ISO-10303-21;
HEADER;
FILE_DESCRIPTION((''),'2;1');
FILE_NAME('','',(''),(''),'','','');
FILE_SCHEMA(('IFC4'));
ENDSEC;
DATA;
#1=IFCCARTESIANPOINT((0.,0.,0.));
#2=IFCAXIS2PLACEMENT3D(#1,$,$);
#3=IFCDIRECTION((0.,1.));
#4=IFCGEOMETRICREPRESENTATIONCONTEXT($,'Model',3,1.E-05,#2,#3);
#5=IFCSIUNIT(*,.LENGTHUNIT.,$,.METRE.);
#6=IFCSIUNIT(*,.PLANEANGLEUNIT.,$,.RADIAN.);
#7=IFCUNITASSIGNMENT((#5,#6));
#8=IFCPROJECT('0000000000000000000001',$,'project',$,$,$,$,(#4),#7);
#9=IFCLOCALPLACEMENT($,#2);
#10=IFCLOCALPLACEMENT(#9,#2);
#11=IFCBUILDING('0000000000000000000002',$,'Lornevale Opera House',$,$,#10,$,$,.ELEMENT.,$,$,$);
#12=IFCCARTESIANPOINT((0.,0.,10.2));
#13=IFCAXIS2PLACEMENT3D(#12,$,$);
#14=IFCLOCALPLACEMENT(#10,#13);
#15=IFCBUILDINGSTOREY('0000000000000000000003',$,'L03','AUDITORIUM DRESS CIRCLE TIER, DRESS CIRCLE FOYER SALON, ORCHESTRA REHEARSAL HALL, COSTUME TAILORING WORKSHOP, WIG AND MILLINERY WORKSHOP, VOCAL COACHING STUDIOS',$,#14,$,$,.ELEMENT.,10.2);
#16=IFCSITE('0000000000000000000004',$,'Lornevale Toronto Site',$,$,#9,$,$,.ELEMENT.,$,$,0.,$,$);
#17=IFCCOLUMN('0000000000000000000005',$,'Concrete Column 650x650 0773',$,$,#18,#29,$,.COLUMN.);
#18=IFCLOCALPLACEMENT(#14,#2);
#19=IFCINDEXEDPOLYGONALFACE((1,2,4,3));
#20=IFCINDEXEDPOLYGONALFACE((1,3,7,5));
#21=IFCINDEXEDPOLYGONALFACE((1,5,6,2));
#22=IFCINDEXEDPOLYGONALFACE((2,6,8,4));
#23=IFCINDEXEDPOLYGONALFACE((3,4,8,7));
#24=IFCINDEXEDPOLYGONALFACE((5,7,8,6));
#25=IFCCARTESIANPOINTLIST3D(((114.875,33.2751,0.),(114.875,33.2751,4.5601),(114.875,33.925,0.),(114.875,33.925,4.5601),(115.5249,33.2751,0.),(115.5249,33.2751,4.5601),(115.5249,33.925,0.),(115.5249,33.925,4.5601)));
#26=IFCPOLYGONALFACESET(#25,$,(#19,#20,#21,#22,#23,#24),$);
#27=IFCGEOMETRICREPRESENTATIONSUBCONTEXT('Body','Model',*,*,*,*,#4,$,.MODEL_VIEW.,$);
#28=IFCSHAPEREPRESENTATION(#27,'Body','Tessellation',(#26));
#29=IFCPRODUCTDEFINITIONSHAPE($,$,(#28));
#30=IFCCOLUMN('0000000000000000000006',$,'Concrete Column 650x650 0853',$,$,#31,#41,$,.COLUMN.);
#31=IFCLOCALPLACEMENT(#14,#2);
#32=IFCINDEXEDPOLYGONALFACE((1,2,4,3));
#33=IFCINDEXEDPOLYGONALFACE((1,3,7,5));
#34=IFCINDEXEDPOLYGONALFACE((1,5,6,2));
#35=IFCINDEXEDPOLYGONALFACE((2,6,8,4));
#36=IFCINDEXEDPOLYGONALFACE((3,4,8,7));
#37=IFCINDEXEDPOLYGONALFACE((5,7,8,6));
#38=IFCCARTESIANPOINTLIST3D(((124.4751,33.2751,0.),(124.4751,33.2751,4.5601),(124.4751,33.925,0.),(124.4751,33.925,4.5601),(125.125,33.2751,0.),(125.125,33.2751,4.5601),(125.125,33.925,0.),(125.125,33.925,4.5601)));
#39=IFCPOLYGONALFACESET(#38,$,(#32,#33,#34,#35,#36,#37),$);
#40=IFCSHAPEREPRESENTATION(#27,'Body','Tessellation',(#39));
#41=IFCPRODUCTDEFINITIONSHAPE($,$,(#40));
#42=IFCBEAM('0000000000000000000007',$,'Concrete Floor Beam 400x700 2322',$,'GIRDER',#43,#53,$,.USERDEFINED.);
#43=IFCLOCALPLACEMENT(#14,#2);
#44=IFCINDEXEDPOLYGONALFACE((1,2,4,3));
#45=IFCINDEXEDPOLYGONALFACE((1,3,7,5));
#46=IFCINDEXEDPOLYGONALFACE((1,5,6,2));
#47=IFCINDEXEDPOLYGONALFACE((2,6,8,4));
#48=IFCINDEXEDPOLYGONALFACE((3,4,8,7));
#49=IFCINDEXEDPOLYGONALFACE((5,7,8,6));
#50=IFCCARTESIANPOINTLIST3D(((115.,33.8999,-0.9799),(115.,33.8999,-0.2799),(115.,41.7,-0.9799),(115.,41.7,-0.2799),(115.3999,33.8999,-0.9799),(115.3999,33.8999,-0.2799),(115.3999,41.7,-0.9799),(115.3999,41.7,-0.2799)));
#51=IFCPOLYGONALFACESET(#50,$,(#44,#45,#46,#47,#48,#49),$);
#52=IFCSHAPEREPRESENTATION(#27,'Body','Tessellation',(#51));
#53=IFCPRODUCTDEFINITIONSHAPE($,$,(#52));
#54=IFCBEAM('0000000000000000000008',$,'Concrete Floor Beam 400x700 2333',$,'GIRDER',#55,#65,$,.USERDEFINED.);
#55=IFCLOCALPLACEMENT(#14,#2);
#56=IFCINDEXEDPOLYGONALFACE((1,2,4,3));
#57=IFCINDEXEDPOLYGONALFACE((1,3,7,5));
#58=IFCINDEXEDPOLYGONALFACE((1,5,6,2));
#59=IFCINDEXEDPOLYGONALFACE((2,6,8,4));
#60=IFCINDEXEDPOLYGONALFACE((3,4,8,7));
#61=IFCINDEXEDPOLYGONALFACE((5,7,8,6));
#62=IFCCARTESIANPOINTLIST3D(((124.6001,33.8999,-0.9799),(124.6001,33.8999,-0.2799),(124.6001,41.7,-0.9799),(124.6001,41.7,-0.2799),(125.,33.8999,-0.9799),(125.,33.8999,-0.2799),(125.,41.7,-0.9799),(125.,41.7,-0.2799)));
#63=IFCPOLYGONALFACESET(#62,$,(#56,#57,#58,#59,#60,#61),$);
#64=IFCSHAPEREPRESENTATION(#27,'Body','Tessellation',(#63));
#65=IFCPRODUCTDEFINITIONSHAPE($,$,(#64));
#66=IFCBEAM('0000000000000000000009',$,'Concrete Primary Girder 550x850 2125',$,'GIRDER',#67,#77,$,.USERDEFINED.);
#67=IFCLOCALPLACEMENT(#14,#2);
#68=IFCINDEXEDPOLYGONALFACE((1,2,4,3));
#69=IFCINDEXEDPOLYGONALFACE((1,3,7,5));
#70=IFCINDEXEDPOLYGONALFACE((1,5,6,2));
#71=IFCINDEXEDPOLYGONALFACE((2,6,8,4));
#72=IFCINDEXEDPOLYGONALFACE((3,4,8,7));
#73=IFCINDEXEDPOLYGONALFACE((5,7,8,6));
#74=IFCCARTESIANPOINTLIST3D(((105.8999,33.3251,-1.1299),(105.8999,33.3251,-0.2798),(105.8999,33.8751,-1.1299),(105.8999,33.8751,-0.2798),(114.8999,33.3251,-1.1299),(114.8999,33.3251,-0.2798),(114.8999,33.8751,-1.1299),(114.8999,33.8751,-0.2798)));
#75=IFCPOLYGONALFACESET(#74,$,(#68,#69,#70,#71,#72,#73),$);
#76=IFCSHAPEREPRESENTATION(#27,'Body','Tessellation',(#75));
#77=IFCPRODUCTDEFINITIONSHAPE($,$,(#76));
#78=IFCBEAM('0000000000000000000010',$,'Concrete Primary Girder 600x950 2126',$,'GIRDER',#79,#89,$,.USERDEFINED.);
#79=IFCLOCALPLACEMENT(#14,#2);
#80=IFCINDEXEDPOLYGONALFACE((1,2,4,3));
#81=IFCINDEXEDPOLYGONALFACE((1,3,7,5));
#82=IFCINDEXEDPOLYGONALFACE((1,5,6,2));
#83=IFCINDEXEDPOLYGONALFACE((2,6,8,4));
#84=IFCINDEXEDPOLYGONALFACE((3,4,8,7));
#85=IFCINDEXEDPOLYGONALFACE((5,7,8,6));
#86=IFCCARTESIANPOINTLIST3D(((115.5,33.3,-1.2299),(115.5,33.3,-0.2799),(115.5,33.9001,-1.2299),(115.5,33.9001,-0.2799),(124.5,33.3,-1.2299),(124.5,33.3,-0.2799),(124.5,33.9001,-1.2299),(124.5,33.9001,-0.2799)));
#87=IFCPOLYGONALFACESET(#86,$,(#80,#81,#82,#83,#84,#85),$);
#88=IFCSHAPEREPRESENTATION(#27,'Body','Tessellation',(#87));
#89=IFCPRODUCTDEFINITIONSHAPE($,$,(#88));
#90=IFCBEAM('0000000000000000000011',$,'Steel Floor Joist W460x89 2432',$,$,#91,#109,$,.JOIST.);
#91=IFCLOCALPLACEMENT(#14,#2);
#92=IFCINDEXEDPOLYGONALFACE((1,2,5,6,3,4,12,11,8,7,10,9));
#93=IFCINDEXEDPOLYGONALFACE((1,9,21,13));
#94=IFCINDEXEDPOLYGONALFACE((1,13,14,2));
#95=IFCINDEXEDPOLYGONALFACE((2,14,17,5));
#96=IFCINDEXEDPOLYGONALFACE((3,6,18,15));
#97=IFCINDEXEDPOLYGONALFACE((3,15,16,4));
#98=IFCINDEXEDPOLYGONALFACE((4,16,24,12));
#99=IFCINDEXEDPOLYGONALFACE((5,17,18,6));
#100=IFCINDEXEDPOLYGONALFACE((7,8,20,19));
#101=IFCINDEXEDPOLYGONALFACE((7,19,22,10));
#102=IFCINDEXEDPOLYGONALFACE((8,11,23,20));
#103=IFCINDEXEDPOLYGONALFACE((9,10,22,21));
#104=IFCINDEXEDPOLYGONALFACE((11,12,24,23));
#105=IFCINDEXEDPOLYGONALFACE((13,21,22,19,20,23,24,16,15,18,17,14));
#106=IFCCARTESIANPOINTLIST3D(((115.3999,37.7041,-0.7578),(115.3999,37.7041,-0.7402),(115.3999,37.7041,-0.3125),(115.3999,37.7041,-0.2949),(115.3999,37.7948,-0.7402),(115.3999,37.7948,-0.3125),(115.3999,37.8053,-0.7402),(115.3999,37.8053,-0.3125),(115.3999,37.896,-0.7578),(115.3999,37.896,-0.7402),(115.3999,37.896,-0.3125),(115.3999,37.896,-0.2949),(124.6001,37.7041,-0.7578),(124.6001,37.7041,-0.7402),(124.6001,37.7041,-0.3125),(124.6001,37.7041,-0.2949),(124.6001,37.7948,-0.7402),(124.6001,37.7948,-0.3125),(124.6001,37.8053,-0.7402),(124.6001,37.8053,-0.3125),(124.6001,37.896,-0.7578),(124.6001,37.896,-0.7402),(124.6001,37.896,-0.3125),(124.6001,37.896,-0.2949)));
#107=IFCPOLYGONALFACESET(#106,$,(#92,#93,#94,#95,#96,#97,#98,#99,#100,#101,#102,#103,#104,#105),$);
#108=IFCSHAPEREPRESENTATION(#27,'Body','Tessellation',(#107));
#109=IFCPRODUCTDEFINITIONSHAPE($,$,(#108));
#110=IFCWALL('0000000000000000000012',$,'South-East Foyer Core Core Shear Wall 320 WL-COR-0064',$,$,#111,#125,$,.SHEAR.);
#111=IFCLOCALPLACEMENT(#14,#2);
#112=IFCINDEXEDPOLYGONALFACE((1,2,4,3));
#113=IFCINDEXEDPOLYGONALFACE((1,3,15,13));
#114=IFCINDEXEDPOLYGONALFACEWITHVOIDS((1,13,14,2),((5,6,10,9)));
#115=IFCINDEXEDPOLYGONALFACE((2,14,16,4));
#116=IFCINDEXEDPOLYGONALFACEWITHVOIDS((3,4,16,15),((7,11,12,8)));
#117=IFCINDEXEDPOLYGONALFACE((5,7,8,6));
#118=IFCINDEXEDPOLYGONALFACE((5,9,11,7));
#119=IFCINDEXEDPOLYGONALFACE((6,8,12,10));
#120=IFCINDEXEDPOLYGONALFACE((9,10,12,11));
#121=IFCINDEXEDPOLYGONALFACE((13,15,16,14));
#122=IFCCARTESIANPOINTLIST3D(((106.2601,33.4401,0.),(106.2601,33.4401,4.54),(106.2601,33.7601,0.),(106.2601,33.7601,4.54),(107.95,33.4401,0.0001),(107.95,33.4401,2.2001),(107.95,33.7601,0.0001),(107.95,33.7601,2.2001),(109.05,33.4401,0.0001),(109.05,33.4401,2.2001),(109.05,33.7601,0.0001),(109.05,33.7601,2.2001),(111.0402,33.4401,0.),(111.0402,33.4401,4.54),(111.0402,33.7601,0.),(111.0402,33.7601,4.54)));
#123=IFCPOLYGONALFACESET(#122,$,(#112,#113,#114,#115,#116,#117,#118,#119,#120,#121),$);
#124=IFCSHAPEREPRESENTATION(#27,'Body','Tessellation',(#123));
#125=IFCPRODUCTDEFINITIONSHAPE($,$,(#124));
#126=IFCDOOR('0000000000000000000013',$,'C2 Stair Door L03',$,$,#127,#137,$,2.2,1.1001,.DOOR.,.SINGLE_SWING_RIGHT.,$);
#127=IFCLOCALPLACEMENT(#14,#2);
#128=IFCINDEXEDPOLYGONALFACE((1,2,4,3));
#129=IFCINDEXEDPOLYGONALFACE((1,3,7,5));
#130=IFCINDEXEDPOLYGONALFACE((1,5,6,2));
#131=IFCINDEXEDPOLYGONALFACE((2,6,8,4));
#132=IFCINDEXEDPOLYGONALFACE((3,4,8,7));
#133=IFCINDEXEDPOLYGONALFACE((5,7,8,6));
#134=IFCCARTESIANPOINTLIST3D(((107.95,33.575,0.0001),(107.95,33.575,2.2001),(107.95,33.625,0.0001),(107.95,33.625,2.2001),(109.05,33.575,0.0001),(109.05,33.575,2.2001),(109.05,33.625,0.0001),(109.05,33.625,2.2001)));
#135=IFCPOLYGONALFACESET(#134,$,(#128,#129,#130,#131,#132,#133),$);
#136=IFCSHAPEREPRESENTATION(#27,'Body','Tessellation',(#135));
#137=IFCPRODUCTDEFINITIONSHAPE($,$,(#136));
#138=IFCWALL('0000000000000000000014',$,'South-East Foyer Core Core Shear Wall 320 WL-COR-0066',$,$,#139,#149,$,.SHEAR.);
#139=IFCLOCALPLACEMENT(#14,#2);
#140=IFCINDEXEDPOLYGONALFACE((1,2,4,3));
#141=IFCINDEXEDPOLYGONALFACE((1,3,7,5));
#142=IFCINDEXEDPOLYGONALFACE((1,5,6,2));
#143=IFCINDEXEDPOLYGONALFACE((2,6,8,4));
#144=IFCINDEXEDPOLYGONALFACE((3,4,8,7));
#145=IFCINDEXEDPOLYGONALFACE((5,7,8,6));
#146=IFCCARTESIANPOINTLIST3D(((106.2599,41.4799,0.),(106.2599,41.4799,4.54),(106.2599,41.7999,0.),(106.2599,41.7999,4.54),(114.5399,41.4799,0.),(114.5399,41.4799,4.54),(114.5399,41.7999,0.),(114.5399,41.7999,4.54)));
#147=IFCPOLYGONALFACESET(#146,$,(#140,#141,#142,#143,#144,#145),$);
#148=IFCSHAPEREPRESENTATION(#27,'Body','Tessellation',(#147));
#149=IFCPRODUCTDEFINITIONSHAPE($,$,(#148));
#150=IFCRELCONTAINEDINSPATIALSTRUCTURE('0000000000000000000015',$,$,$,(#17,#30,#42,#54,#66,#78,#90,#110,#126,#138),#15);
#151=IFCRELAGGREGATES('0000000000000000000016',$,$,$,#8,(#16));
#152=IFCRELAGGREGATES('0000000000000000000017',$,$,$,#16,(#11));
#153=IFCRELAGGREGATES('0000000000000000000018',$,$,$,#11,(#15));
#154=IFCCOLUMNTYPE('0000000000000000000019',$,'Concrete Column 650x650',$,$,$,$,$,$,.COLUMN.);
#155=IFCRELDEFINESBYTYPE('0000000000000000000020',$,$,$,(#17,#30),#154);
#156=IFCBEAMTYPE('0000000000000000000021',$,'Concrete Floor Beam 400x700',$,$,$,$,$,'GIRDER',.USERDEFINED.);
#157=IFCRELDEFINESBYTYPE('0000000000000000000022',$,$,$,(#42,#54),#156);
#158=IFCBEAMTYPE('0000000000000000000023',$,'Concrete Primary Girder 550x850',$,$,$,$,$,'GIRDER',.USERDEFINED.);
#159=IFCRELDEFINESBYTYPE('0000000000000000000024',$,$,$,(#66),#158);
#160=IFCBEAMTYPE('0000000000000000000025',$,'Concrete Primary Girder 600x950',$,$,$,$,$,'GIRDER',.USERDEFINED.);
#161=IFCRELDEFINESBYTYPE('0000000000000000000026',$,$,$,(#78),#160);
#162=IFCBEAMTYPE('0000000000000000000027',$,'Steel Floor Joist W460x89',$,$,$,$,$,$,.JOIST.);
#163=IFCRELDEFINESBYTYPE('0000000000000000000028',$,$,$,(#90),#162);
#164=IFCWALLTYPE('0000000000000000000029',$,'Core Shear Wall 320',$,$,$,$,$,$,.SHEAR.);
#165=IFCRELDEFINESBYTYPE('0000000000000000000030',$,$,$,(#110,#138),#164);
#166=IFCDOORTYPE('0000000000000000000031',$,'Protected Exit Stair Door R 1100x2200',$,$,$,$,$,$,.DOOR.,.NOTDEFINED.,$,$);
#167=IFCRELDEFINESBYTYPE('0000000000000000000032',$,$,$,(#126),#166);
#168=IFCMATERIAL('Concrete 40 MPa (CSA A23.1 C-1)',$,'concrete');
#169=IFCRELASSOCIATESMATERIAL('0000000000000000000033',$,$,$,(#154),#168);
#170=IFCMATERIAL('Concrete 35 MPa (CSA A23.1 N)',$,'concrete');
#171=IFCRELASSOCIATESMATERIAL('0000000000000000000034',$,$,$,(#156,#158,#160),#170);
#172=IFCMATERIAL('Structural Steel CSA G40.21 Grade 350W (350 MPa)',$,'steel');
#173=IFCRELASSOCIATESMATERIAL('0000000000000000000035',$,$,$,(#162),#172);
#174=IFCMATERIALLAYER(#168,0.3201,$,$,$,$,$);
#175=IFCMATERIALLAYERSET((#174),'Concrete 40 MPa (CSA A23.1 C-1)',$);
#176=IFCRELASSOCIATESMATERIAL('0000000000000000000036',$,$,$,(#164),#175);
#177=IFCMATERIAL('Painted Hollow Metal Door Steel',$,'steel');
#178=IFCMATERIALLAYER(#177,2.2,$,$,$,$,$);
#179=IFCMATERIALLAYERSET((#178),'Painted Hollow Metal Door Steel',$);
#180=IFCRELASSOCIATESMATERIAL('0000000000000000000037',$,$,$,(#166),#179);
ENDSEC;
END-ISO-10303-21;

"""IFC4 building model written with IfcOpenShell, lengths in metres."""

from ifc_helpers import new_model, si_unit, direction, frame, frame_2d, origin, origin_2d, place, context, subcontext, project, spatial, rectangle, i_section, extrude, material, layer, layer_set, material_profile, profile_set, type_object, element, fill, save


model = new_model("IFC4")

# Units and contexts
model_context = context("Model", 3, precision=1e-05, world=origin(), true_north=direction((0.0, 1.0)))
body_context = subcontext(model_context, "Body", "Model", "MODEL_VIEW")
ifc_project = project(units=[si_unit("LENGTHUNIT", "METRE"), si_unit("PLANEANGLEUNIT", "RADIAN")], contexts=[model_context])

# Site, building, storey
site_placement = place(None, origin())
site = spatial("IfcSite", under=ifc_project, at=site_placement, Name="Lornevale Toronto Site", CompositionType="ELEMENT", RefElevation=0.0)
building_placement = place(site_placement, origin())
building = spatial("IfcBuilding", under=site, at=building_placement, Name="Lornevale Opera House", CompositionType="ELEMENT")
storey_placement = place(building_placement, frame((0.0, 0.0, 10.2)))
storey = spatial("IfcBuildingStorey", under=building, at=storey_placement, Name="L03", Description="AUDITORIUM DRESS CIRCLE TIER, DRESS CIRCLE FOYER SALON, ORCHESTRA REHEARSAL HALL, COSTUME TAILORING WORKSHOP, WIG AND MILLINERY WORKSHOP, VOCAL COACHING STUDIOS", CompositionType="ELEMENT", Elevation=10.2)

# Columns
ifc_material_1 = material(Name="Concrete 40 MPa (CSA A23.1 C-1)", Category="concrete")
ifc_material_profile_1 = material_profile(ifc_material_1, rectangle(XDim=0.6499, YDim=0.6499, at=origin_2d()), Name="RC650x650")
ifc_profile_set_1 = profile_set([ifc_material_profile_1], Name="Concrete 40 MPa (CSA A23.1 C-1)")
column_type = type_object("IfcColumnType", Name="Concrete Column 650x650", PredefinedType="COLUMN", material=ifc_profile_set_1)
for number, where, z_axis, x_axis, name in (
    (1, (115.2, 33.6001, 0.0), (0.0, 0.0, 1.0), (1.0, 0.0, 0.0), "Concrete Column 650x650 0773"),
    (2, (124.8, 33.6001, 0.0), (0.0, 0.0, 1.0), (1.0, 0.0, 0.0), "Concrete Column 650x650 0853"),
):
    element("IfcColumn", number, at=place(storey_placement, frame(where, z_axis=z_axis, x_axis=x_axis)), inside=storey, type_object=column_type, Name=name, PredefinedType="COLUMN", context=body_context, shape_type="SweptSolid", body=[
        extrude(rectangle(XDim=0.6499, YDim=0.6499, at=origin_2d()), origin(), (0.0, 0.0, 1.0), 4.5601),
    ])

# Beams
ifc_material_2 = material(Name="Concrete 35 MPa (CSA A23.1 N)", Category="concrete")
ifc_material_profile_2 = material_profile(ifc_material_2, rectangle(XDim=0.3999, YDim=0.7, at=origin_2d()), Name="RC400x700")
ifc_profile_set_2 = profile_set([ifc_material_profile_2], Name="Concrete 35 MPa (CSA A23.1 N)")
beam_type_1 = type_object("IfcBeamType", Name="Concrete Floor Beam 400x700", ElementType="GIRDER", PredefinedType="USERDEFINED", material=ifc_profile_set_2)
for number, where, z_axis, x_axis, name in (
    (3, (115.2, 33.8999, -0.6299), (0.0, 1.0, 0.0), (-1.0, 0.0, 0.0), "Concrete Floor Beam 400x700 2322"),
    (4, (124.8, 33.8999, -0.6299), (0.0, 1.0, 0.0), (-1.0, 0.0, 0.0), "Concrete Floor Beam 400x700 2333"),
):
    element("IfcBeam", number, at=place(storey_placement, frame(where, z_axis=z_axis, x_axis=x_axis)), inside=storey, type_object=beam_type_1, Name=name, ObjectType="GIRDER", PredefinedType="USERDEFINED", context=body_context, shape_type="SweptSolid", body=[
        extrude(rectangle(XDim=0.3999, YDim=0.7, at=origin_2d()), origin(), (0.0, 0.0, 1.0), 7.8),
    ])
ifc_material_profile_3 = material_profile(ifc_material_2, rectangle(XDim=0.55, YDim=0.8501, at=origin_2d()), Name="RC550x850")
ifc_profile_set_3 = profile_set([ifc_material_profile_3], Name="Concrete 35 MPa (CSA A23.1 N)")
beam_type_2 = type_object("IfcBeamType", Name="Concrete Primary Girder 550x850", ElementType="GIRDER", PredefinedType="USERDEFINED", material=ifc_profile_set_3)
beam_1_placement = place(storey_placement, frame((105.8999, 33.6001, -0.7048), z_axis=(1.0, 0.0, 0.0), x_axis=(0.0, 1.0, 0.0)))
element("IfcBeam", 5, at=beam_1_placement, inside=storey, type_object=beam_type_2, Name="Concrete Primary Girder 550x850 2125", ObjectType="GIRDER", PredefinedType="USERDEFINED", context=body_context, shape_type="SweptSolid", body=[
    extrude(rectangle(XDim=0.55, YDim=0.8501, at=origin_2d()), origin(), (0.0, 0.0, 1.0), 9.0),
])
ifc_material_profile_4 = material_profile(ifc_material_2, rectangle(XDim=0.6001, YDim=0.95, at=origin_2d()), Name="RC600x950")
ifc_profile_set_4 = profile_set([ifc_material_profile_4], Name="Concrete 35 MPa (CSA A23.1 N)")
beam_type_3 = type_object("IfcBeamType", Name="Concrete Primary Girder 600x950", ElementType="GIRDER", PredefinedType="USERDEFINED", material=ifc_profile_set_4)
beam_2_placement = place(storey_placement, frame((115.5, 33.6001, -0.7549), z_axis=(1.0, 0.0, 0.0), x_axis=(0.0, 1.0, 0.0)))
element("IfcBeam", 6, at=beam_2_placement, inside=storey, type_object=beam_type_3, Name="Concrete Primary Girder 600x950 2126", ObjectType="GIRDER", PredefinedType="USERDEFINED", context=body_context, shape_type="SweptSolid", body=[
    extrude(rectangle(XDim=0.6001, YDim=0.95, at=origin_2d()), origin(), (0.0, 0.0, 1.0), 9.0),
])
ifc_material_3 = material(Name="Structural Steel CSA G40.21 Grade 350W (350 MPa)", Category="steel")
ifc_material_profile_5 = material_profile(ifc_material_3, i_section(OverallWidth=0.1919, OverallDepth=0.4629, WebThickness=0.0105, FlangeThickness=0.0176, at=origin_2d()), Name="W460x89")
ifc_profile_set_5 = profile_set([ifc_material_profile_5], Name="Structural Steel CSA G40.21 Grade 350W (350 MPa)")
beam_type_4 = type_object("IfcBeamType", Name="Steel Floor Joist W460x89", PredefinedType="JOIST", material=ifc_profile_set_5)
beam_3_placement = place(storey_placement, frame((115.3999, 37.8, -0.5264), z_axis=(1.0, 0.0, 0.0), x_axis=(0.0, 1.0, 0.0)))
element("IfcBeam", 7, at=beam_3_placement, inside=storey, type_object=beam_type_4, Name="Steel Floor Joist W460x89 2432", PredefinedType="JOIST", context=body_context, shape_type="SweptSolid", body=[
    extrude(i_section(OverallWidth=0.1919, OverallDepth=0.4629, WebThickness=0.0105, FlangeThickness=0.0176, at=origin_2d()), origin(), (0.0, 0.0, 1.0), 9.2002),
])

# Wall, opening, door
ifc_layer_1 = layer(ifc_material_1, 0.3201)
ifc_layer_set_1 = layer_set([ifc_layer_1], Name="Concrete 40 MPa (CSA A23.1 C-1)")
wall_type_1 = type_object("IfcWallType", Name="Core Shear Wall 320", PredefinedType="SHEAR", material=ifc_layer_set_1)
wall_1_placement = place(storey_placement, frame((106.26, 33.6001, 0.0), z_axis=(0.0, 0.0, 1.0), x_axis=(1.0, 0.0, 0.0)))
wall_1 = element("IfcWall", 8, at=wall_1_placement, inside=storey, type_object=wall_type_1, Name="South-East Foyer Core Core Shear Wall 320 WL-COR-0064", PredefinedType="SHEAR", context=body_context, shape_type="SweptSolid", body=[
    extrude(rectangle(XDim=4.78, YDim=0.3201, at=frame_2d((2.3901, 0.0))), origin(), (0.0, 0.0, 1.0), 4.54),
])
opening_1_placement = place(wall_1_placement, frame((1.6899, 0.0, 0.0)))
opening_1 = element("IfcOpeningElement", 9, at=opening_1_placement, cuts=wall_1, PredefinedType="OPENING", context=body_context, shape_type="SweptSolid", body=[
    extrude(rectangle(XDim=1.1001, YDim=2.2, at=frame_2d((0.55, 1.1001))), frame((0.0, 0.1699, 0.0), z_axis=(0.0, -1.0, 0.0), x_axis=(1.0, 0.0, 0.0)), (0.0, 0.0, 1.0), 0.3401),
])
ifc_material_4 = material(Name="Painted Hollow Metal Door Steel", Category="steel")
ifc_layer_2 = layer(ifc_material_4, 2.2)
ifc_layer_set_2 = layer_set([ifc_layer_2], Name="Painted Hollow Metal Door Steel")
door_type_1 = type_object("IfcDoorType", Name="Protected Exit Stair Door R 1100x2200", OperationType="NOTDEFINED", PredefinedType="DOOR", material=ifc_layer_set_2)
door_1_placement = place(opening_1_placement, origin())
door_1 = element("IfcDoor", 10, at=door_1_placement, inside=storey, type_object=door_type_1, Name="C2 Stair Door L03", OperationType="SINGLE_SWING_RIGHT", OverallHeight=2.2, OverallWidth=1.1001, PredefinedType="DOOR", context=body_context, shape_type="SweptSolid", body=[
    extrude(rectangle(XDim=1.1001, YDim=2.2, at=frame_2d((0.55, 1.1001))), frame((0.0, 0.0249, 0.0), z_axis=(0.0, -1.0, 0.0), x_axis=(1.0, 0.0, 0.0)), (0.0, 0.0, 1.0), 0.05),
])
fill(opening_1, door_1)

# Wall
wall_2_placement = place(storey_placement, frame((114.54, 41.6399, 0.0), z_axis=(0.0, 0.0, 1.0), x_axis=(-1.0, 0.0, 0.0)))
element("IfcWall", 11, at=wall_2_placement, inside=storey, type_object=wall_type_1, Name="South-East Foyer Core Core Shear Wall 320 WL-COR-0066", PredefinedType="SHEAR", context=body_context, shape_type="SweptSolid", body=[
    extrude(rectangle(XDim=8.28, YDim=0.3201, at=frame_2d((4.1401, 0.0))), origin(), (0.0, 0.0, 1.0), 4.54),
])

save(model, "model.ifc")
